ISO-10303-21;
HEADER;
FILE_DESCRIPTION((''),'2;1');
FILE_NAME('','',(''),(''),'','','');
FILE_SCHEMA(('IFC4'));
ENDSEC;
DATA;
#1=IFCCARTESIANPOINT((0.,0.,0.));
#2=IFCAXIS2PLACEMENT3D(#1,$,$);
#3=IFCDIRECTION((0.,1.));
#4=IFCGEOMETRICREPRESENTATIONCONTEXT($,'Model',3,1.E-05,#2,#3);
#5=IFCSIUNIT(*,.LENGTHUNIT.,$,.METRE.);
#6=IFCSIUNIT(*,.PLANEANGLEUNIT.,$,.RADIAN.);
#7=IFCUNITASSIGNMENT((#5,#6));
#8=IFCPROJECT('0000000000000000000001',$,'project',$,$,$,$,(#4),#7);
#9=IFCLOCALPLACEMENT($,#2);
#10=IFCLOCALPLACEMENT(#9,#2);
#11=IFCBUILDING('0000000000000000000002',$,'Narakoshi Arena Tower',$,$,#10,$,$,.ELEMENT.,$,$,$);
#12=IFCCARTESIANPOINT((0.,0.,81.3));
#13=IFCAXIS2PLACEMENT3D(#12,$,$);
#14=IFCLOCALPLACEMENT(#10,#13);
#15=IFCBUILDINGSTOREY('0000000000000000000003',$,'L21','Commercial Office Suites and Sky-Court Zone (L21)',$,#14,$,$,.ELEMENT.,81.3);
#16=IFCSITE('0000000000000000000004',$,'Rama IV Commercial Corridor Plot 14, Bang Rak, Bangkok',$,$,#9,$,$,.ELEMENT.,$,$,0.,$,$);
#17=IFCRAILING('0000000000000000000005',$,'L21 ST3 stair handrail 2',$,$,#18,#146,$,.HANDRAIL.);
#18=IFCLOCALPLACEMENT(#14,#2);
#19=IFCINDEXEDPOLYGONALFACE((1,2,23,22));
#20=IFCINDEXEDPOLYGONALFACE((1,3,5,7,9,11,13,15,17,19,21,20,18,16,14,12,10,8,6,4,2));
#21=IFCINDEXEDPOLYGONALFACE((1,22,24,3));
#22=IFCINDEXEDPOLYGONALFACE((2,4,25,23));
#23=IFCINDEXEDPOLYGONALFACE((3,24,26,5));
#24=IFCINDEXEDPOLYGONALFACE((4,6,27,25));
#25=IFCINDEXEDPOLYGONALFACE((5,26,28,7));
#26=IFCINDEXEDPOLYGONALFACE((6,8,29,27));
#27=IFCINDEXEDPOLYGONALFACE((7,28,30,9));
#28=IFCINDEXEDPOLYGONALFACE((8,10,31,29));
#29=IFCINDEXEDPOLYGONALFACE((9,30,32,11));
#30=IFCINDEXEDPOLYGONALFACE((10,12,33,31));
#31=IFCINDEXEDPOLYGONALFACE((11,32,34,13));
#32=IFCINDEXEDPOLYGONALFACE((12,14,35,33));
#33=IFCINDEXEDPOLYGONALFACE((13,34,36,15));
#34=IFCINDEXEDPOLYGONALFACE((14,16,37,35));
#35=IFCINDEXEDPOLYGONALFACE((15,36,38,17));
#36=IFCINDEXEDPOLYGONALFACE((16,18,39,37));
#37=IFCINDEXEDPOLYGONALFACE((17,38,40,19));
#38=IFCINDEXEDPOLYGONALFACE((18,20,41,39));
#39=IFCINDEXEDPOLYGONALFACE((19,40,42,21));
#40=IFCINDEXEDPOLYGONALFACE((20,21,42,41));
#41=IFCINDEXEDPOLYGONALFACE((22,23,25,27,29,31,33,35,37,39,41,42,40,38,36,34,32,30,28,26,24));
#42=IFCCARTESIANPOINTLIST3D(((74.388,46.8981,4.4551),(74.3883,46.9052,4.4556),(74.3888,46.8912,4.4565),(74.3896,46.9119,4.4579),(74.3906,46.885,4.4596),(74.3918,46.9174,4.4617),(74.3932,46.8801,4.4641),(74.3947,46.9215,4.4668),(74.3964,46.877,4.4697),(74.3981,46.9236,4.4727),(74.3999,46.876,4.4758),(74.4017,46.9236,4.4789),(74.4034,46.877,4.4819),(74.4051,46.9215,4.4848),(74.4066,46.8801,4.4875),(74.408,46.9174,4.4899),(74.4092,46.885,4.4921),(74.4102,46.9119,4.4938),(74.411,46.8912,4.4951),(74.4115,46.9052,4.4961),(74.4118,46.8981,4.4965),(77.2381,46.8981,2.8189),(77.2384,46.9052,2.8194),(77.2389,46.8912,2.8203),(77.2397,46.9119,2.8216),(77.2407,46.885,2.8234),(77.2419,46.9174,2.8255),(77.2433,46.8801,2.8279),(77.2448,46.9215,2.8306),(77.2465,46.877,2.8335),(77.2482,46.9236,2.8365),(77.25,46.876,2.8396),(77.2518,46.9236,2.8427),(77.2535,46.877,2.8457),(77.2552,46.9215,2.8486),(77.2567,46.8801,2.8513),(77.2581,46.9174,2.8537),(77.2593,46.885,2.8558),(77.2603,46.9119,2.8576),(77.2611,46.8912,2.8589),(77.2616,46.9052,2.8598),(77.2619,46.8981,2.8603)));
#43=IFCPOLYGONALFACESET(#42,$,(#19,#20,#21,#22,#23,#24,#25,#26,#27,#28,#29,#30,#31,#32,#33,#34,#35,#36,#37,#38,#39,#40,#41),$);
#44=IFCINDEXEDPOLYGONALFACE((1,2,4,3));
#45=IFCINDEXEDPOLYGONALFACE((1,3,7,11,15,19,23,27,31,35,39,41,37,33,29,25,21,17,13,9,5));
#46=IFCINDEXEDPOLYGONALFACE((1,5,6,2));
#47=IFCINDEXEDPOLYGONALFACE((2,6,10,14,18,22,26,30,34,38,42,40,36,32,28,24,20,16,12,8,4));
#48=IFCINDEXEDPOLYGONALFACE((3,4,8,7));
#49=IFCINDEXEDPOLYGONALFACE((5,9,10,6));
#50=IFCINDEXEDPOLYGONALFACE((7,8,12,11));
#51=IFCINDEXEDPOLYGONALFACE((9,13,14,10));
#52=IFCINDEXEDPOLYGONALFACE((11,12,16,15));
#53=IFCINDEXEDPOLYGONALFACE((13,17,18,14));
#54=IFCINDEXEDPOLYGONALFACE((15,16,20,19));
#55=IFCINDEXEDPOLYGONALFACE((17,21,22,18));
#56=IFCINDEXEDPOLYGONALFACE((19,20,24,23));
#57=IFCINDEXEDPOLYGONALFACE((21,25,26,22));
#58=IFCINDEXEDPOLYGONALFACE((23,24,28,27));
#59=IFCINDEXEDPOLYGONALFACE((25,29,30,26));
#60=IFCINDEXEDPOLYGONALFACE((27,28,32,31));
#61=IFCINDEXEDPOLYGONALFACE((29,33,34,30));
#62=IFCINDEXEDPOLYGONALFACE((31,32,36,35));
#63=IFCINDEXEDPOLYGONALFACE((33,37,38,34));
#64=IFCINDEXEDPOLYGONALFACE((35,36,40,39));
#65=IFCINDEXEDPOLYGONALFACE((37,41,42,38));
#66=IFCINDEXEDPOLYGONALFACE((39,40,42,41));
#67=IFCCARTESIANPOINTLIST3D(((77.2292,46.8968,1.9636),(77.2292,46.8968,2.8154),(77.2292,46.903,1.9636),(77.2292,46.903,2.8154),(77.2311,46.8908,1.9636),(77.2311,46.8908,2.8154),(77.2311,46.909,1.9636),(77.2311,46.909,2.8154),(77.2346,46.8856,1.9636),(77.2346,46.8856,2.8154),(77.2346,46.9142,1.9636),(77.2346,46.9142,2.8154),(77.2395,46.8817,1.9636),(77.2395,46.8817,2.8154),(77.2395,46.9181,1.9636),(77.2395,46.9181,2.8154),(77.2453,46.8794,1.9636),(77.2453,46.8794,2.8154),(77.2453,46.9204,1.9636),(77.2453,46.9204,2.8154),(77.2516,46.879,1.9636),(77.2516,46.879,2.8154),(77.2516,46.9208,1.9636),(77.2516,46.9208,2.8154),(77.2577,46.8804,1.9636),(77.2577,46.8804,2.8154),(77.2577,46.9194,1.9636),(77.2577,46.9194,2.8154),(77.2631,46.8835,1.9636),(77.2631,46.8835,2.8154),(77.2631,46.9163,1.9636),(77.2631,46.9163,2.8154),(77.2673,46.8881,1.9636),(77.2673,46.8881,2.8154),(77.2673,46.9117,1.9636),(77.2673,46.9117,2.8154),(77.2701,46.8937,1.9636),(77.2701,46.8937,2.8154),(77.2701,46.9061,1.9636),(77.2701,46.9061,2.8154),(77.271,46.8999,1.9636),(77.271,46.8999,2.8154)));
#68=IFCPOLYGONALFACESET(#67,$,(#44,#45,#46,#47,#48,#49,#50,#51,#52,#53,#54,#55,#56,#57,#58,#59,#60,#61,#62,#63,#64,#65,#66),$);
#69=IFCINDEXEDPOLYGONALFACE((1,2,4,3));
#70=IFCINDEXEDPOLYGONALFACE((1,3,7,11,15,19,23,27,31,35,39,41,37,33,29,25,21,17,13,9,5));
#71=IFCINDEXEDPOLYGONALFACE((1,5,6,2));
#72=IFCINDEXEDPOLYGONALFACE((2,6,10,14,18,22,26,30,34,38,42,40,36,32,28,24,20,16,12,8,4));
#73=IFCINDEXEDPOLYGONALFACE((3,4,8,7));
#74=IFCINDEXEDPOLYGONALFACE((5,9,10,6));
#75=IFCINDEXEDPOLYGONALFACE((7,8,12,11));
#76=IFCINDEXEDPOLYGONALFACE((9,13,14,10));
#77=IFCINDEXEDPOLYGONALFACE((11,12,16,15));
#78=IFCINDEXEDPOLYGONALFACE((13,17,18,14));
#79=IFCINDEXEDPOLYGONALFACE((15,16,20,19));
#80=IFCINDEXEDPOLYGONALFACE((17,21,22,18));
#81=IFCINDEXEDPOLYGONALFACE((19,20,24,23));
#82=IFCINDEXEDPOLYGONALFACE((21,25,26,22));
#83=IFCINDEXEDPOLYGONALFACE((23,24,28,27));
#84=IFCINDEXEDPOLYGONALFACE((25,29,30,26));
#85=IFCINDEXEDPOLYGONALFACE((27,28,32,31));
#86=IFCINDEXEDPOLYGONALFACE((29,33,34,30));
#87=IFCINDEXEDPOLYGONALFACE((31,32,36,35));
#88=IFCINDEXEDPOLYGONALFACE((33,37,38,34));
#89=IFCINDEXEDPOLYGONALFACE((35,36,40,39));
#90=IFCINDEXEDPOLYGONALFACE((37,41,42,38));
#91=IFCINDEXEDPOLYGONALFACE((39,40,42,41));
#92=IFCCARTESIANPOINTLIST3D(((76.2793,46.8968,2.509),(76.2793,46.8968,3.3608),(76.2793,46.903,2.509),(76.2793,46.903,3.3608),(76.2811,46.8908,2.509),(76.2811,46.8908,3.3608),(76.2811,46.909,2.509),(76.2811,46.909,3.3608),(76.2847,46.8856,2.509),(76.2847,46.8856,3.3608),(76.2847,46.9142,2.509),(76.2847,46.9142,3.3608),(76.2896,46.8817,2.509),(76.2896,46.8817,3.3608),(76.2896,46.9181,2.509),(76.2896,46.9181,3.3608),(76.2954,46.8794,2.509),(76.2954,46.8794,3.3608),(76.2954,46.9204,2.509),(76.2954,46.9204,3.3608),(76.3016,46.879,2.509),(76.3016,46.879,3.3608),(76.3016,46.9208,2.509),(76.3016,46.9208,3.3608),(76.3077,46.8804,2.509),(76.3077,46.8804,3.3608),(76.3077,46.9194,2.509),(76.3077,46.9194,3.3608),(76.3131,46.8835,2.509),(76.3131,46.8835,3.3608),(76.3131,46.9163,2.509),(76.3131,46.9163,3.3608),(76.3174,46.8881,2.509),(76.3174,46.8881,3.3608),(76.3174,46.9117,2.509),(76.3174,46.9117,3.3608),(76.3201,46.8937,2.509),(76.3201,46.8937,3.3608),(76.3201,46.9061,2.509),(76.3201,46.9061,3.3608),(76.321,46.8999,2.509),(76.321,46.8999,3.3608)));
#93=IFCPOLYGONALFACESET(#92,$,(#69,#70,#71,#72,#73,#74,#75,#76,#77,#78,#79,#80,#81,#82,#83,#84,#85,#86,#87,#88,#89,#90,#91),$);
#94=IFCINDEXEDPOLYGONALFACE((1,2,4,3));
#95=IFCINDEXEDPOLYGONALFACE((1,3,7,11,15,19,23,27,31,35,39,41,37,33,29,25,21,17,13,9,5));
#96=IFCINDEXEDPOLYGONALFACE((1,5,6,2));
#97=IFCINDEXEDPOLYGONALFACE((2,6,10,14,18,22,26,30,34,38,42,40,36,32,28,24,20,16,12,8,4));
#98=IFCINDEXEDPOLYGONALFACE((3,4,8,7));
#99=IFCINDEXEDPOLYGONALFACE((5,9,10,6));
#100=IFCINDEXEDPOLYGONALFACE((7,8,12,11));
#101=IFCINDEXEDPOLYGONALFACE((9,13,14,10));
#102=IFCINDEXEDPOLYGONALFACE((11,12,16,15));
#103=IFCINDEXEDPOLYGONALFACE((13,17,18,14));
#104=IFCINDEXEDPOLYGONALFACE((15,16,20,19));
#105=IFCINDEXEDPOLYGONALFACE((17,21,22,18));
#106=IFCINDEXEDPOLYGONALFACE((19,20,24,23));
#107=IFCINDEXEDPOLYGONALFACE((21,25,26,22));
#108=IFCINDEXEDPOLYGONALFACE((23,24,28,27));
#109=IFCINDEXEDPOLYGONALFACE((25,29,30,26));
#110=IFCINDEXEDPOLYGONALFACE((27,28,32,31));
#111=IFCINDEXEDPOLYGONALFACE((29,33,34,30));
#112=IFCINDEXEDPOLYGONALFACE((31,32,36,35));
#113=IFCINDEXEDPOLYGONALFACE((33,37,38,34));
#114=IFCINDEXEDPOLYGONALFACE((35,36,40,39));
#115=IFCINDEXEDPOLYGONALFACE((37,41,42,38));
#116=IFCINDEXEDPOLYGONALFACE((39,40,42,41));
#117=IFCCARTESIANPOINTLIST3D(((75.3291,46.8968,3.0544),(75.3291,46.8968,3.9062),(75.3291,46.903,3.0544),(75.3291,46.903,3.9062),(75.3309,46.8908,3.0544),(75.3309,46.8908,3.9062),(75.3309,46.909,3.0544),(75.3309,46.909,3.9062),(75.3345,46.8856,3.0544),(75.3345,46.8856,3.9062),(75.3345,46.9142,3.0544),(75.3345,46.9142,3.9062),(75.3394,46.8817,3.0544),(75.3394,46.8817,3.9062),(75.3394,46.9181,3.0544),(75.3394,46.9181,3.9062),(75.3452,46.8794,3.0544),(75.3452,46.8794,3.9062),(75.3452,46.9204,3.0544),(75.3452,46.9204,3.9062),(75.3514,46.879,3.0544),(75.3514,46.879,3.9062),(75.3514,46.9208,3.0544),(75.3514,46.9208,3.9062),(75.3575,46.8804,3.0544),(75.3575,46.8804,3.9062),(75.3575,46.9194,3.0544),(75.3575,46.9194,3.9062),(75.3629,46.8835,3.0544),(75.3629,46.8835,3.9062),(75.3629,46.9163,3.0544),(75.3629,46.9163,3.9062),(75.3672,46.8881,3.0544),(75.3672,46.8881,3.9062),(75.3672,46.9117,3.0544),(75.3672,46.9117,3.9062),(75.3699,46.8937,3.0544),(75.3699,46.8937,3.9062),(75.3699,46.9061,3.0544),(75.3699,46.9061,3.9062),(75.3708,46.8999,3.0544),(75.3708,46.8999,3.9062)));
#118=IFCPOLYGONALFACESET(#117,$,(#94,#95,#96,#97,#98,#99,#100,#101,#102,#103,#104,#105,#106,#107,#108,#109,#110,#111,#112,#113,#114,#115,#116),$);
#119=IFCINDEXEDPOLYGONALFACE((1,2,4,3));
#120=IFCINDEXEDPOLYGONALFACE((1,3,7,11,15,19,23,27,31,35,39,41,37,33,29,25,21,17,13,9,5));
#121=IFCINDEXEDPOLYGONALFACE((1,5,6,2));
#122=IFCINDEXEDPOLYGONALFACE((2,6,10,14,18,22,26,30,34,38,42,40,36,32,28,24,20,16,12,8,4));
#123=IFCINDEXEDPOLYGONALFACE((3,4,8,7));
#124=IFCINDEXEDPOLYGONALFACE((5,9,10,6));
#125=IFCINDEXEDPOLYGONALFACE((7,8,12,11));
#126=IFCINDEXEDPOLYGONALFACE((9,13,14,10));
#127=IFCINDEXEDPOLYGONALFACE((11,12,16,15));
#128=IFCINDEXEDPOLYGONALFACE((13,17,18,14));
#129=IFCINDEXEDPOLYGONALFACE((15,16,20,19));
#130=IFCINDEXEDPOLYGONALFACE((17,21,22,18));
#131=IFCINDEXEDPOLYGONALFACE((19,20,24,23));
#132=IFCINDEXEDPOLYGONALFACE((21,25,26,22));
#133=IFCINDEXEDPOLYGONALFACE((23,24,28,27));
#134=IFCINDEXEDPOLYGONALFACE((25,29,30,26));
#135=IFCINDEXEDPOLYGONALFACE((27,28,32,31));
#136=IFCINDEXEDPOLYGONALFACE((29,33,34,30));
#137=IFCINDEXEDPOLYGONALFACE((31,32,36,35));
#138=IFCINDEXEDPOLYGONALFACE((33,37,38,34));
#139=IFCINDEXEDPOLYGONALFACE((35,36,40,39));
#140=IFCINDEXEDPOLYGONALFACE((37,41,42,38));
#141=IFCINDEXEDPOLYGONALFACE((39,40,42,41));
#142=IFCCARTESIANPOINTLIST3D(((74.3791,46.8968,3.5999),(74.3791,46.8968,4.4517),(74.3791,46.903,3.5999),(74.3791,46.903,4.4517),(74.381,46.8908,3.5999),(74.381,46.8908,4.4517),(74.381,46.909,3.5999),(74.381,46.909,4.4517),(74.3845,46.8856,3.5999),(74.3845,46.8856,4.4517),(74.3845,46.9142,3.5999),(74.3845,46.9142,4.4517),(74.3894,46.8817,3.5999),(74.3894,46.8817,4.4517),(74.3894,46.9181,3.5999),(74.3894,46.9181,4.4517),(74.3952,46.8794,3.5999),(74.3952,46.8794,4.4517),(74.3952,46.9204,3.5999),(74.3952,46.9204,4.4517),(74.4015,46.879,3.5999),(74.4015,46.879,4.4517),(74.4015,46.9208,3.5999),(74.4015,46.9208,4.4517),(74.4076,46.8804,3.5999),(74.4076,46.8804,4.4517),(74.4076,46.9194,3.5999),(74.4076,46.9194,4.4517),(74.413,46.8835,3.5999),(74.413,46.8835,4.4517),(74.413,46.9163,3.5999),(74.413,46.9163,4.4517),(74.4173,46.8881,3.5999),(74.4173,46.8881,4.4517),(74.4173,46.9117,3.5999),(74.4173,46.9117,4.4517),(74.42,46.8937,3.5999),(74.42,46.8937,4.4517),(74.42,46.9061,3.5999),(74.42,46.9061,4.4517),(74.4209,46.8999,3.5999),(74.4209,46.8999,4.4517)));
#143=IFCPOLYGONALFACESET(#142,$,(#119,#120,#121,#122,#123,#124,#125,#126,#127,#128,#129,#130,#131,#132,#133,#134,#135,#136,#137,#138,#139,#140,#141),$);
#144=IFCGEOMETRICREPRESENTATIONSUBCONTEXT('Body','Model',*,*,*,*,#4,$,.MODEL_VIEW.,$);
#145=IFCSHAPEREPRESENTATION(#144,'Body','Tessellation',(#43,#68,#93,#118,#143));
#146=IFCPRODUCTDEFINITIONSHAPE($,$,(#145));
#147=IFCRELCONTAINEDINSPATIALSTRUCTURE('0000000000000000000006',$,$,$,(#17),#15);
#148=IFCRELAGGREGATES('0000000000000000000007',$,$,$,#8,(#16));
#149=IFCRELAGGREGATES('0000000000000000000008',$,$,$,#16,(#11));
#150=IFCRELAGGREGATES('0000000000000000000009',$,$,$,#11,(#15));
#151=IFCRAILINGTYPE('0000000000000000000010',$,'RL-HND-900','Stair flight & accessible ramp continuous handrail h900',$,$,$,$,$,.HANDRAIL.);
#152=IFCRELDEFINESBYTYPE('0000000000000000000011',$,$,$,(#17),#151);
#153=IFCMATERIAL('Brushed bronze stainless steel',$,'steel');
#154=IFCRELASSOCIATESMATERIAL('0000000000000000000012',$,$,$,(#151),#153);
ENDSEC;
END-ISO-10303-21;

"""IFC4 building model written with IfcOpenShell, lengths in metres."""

from ifc_helpers import new_model, si_unit, direction, frame, origin, origin_2d, place, context, subcontext, project, spatial, circle, extrude, material, type_object, element, save


model = new_model("IFC4")

# Units and contexts
model_context = context("Model", 3, precision=1e-05, world=origin(), true_north=direction((0.0, 1.0)))
body_context = subcontext(model_context, "Body", "Model", "MODEL_VIEW")
ifc_project = project(units=[si_unit("LENGTHUNIT", "METRE"), si_unit("PLANEANGLEUNIT", "RADIAN")], contexts=[model_context])

# Site, building, storey
site_placement = place(None, origin())
site = spatial("IfcSite", under=ifc_project, at=site_placement, Name="Rama IV Commercial Corridor Plot 14, Bang Rak, Bangkok", CompositionType="ELEMENT", RefElevation=0.0)
building_placement = place(site_placement, origin())
building = spatial("IfcBuilding", under=site, at=building_placement, Name="Narakoshi Arena Tower", CompositionType="ELEMENT")
storey_placement = place(building_placement, frame((0.0, 0.0, 81.3)))
storey = spatial("IfcBuildingStorey", under=building, at=storey_placement, Name="L21", Description="Commercial Office Suites and Sky-Court Zone (L21)", CompositionType="ELEMENT", Elevation=81.3)

# Shared definitions
ifc_material_1 = material(Name="Brushed bronze stainless steel", Category="steel")

# Railing
railing_type_1 = type_object("IfcRailingType", Name="RL-HND-900", Description="Stair flight & accessible ramp continuous handrail h900", PredefinedType="HANDRAIL", material=ifc_material_1)
railing_1_placement = place(storey_placement, frame((77.25, 46.8999, 1.9636)))
element("IfcRailing", 1, at=railing_1_placement, inside=storey, type_object=railing_type_1, Name="L21 ST3 stair handrail 2", PredefinedType="HANDRAIL", context=body_context, shape_type="SweptSolid", body=[
    extrude(circle(Radius=0.0239, at=origin_2d()), frame((0.0, 0.0, 0.876), z_axis=(-0.867245, 0.0, 0.497882), x_axis=(0.0, -1.0, 0.0)), (0.0, 0.0, 1.0), 3.2864),
    extrude(circle(Radius=0.021, at=origin_2d()), origin(), (0.0, 0.0, 1.0), 0.8518),
    extrude(circle(Radius=0.021, at=origin_2d()), frame((-0.95, 0.0, 0.5454)), (0.0, 0.0, 1.0), 0.8518),
    extrude(circle(Radius=0.021, at=origin_2d()), frame((-1.9001, 0.0, 1.0908)), (0.0, 0.0, 1.0), 0.8518),
    extrude(circle(Radius=0.021, at=origin_2d()), frame((-2.8501, 0.0, 1.6362)), (0.0, 0.0, 1.0), 0.8518),
])

save(model, "model.ifc")
